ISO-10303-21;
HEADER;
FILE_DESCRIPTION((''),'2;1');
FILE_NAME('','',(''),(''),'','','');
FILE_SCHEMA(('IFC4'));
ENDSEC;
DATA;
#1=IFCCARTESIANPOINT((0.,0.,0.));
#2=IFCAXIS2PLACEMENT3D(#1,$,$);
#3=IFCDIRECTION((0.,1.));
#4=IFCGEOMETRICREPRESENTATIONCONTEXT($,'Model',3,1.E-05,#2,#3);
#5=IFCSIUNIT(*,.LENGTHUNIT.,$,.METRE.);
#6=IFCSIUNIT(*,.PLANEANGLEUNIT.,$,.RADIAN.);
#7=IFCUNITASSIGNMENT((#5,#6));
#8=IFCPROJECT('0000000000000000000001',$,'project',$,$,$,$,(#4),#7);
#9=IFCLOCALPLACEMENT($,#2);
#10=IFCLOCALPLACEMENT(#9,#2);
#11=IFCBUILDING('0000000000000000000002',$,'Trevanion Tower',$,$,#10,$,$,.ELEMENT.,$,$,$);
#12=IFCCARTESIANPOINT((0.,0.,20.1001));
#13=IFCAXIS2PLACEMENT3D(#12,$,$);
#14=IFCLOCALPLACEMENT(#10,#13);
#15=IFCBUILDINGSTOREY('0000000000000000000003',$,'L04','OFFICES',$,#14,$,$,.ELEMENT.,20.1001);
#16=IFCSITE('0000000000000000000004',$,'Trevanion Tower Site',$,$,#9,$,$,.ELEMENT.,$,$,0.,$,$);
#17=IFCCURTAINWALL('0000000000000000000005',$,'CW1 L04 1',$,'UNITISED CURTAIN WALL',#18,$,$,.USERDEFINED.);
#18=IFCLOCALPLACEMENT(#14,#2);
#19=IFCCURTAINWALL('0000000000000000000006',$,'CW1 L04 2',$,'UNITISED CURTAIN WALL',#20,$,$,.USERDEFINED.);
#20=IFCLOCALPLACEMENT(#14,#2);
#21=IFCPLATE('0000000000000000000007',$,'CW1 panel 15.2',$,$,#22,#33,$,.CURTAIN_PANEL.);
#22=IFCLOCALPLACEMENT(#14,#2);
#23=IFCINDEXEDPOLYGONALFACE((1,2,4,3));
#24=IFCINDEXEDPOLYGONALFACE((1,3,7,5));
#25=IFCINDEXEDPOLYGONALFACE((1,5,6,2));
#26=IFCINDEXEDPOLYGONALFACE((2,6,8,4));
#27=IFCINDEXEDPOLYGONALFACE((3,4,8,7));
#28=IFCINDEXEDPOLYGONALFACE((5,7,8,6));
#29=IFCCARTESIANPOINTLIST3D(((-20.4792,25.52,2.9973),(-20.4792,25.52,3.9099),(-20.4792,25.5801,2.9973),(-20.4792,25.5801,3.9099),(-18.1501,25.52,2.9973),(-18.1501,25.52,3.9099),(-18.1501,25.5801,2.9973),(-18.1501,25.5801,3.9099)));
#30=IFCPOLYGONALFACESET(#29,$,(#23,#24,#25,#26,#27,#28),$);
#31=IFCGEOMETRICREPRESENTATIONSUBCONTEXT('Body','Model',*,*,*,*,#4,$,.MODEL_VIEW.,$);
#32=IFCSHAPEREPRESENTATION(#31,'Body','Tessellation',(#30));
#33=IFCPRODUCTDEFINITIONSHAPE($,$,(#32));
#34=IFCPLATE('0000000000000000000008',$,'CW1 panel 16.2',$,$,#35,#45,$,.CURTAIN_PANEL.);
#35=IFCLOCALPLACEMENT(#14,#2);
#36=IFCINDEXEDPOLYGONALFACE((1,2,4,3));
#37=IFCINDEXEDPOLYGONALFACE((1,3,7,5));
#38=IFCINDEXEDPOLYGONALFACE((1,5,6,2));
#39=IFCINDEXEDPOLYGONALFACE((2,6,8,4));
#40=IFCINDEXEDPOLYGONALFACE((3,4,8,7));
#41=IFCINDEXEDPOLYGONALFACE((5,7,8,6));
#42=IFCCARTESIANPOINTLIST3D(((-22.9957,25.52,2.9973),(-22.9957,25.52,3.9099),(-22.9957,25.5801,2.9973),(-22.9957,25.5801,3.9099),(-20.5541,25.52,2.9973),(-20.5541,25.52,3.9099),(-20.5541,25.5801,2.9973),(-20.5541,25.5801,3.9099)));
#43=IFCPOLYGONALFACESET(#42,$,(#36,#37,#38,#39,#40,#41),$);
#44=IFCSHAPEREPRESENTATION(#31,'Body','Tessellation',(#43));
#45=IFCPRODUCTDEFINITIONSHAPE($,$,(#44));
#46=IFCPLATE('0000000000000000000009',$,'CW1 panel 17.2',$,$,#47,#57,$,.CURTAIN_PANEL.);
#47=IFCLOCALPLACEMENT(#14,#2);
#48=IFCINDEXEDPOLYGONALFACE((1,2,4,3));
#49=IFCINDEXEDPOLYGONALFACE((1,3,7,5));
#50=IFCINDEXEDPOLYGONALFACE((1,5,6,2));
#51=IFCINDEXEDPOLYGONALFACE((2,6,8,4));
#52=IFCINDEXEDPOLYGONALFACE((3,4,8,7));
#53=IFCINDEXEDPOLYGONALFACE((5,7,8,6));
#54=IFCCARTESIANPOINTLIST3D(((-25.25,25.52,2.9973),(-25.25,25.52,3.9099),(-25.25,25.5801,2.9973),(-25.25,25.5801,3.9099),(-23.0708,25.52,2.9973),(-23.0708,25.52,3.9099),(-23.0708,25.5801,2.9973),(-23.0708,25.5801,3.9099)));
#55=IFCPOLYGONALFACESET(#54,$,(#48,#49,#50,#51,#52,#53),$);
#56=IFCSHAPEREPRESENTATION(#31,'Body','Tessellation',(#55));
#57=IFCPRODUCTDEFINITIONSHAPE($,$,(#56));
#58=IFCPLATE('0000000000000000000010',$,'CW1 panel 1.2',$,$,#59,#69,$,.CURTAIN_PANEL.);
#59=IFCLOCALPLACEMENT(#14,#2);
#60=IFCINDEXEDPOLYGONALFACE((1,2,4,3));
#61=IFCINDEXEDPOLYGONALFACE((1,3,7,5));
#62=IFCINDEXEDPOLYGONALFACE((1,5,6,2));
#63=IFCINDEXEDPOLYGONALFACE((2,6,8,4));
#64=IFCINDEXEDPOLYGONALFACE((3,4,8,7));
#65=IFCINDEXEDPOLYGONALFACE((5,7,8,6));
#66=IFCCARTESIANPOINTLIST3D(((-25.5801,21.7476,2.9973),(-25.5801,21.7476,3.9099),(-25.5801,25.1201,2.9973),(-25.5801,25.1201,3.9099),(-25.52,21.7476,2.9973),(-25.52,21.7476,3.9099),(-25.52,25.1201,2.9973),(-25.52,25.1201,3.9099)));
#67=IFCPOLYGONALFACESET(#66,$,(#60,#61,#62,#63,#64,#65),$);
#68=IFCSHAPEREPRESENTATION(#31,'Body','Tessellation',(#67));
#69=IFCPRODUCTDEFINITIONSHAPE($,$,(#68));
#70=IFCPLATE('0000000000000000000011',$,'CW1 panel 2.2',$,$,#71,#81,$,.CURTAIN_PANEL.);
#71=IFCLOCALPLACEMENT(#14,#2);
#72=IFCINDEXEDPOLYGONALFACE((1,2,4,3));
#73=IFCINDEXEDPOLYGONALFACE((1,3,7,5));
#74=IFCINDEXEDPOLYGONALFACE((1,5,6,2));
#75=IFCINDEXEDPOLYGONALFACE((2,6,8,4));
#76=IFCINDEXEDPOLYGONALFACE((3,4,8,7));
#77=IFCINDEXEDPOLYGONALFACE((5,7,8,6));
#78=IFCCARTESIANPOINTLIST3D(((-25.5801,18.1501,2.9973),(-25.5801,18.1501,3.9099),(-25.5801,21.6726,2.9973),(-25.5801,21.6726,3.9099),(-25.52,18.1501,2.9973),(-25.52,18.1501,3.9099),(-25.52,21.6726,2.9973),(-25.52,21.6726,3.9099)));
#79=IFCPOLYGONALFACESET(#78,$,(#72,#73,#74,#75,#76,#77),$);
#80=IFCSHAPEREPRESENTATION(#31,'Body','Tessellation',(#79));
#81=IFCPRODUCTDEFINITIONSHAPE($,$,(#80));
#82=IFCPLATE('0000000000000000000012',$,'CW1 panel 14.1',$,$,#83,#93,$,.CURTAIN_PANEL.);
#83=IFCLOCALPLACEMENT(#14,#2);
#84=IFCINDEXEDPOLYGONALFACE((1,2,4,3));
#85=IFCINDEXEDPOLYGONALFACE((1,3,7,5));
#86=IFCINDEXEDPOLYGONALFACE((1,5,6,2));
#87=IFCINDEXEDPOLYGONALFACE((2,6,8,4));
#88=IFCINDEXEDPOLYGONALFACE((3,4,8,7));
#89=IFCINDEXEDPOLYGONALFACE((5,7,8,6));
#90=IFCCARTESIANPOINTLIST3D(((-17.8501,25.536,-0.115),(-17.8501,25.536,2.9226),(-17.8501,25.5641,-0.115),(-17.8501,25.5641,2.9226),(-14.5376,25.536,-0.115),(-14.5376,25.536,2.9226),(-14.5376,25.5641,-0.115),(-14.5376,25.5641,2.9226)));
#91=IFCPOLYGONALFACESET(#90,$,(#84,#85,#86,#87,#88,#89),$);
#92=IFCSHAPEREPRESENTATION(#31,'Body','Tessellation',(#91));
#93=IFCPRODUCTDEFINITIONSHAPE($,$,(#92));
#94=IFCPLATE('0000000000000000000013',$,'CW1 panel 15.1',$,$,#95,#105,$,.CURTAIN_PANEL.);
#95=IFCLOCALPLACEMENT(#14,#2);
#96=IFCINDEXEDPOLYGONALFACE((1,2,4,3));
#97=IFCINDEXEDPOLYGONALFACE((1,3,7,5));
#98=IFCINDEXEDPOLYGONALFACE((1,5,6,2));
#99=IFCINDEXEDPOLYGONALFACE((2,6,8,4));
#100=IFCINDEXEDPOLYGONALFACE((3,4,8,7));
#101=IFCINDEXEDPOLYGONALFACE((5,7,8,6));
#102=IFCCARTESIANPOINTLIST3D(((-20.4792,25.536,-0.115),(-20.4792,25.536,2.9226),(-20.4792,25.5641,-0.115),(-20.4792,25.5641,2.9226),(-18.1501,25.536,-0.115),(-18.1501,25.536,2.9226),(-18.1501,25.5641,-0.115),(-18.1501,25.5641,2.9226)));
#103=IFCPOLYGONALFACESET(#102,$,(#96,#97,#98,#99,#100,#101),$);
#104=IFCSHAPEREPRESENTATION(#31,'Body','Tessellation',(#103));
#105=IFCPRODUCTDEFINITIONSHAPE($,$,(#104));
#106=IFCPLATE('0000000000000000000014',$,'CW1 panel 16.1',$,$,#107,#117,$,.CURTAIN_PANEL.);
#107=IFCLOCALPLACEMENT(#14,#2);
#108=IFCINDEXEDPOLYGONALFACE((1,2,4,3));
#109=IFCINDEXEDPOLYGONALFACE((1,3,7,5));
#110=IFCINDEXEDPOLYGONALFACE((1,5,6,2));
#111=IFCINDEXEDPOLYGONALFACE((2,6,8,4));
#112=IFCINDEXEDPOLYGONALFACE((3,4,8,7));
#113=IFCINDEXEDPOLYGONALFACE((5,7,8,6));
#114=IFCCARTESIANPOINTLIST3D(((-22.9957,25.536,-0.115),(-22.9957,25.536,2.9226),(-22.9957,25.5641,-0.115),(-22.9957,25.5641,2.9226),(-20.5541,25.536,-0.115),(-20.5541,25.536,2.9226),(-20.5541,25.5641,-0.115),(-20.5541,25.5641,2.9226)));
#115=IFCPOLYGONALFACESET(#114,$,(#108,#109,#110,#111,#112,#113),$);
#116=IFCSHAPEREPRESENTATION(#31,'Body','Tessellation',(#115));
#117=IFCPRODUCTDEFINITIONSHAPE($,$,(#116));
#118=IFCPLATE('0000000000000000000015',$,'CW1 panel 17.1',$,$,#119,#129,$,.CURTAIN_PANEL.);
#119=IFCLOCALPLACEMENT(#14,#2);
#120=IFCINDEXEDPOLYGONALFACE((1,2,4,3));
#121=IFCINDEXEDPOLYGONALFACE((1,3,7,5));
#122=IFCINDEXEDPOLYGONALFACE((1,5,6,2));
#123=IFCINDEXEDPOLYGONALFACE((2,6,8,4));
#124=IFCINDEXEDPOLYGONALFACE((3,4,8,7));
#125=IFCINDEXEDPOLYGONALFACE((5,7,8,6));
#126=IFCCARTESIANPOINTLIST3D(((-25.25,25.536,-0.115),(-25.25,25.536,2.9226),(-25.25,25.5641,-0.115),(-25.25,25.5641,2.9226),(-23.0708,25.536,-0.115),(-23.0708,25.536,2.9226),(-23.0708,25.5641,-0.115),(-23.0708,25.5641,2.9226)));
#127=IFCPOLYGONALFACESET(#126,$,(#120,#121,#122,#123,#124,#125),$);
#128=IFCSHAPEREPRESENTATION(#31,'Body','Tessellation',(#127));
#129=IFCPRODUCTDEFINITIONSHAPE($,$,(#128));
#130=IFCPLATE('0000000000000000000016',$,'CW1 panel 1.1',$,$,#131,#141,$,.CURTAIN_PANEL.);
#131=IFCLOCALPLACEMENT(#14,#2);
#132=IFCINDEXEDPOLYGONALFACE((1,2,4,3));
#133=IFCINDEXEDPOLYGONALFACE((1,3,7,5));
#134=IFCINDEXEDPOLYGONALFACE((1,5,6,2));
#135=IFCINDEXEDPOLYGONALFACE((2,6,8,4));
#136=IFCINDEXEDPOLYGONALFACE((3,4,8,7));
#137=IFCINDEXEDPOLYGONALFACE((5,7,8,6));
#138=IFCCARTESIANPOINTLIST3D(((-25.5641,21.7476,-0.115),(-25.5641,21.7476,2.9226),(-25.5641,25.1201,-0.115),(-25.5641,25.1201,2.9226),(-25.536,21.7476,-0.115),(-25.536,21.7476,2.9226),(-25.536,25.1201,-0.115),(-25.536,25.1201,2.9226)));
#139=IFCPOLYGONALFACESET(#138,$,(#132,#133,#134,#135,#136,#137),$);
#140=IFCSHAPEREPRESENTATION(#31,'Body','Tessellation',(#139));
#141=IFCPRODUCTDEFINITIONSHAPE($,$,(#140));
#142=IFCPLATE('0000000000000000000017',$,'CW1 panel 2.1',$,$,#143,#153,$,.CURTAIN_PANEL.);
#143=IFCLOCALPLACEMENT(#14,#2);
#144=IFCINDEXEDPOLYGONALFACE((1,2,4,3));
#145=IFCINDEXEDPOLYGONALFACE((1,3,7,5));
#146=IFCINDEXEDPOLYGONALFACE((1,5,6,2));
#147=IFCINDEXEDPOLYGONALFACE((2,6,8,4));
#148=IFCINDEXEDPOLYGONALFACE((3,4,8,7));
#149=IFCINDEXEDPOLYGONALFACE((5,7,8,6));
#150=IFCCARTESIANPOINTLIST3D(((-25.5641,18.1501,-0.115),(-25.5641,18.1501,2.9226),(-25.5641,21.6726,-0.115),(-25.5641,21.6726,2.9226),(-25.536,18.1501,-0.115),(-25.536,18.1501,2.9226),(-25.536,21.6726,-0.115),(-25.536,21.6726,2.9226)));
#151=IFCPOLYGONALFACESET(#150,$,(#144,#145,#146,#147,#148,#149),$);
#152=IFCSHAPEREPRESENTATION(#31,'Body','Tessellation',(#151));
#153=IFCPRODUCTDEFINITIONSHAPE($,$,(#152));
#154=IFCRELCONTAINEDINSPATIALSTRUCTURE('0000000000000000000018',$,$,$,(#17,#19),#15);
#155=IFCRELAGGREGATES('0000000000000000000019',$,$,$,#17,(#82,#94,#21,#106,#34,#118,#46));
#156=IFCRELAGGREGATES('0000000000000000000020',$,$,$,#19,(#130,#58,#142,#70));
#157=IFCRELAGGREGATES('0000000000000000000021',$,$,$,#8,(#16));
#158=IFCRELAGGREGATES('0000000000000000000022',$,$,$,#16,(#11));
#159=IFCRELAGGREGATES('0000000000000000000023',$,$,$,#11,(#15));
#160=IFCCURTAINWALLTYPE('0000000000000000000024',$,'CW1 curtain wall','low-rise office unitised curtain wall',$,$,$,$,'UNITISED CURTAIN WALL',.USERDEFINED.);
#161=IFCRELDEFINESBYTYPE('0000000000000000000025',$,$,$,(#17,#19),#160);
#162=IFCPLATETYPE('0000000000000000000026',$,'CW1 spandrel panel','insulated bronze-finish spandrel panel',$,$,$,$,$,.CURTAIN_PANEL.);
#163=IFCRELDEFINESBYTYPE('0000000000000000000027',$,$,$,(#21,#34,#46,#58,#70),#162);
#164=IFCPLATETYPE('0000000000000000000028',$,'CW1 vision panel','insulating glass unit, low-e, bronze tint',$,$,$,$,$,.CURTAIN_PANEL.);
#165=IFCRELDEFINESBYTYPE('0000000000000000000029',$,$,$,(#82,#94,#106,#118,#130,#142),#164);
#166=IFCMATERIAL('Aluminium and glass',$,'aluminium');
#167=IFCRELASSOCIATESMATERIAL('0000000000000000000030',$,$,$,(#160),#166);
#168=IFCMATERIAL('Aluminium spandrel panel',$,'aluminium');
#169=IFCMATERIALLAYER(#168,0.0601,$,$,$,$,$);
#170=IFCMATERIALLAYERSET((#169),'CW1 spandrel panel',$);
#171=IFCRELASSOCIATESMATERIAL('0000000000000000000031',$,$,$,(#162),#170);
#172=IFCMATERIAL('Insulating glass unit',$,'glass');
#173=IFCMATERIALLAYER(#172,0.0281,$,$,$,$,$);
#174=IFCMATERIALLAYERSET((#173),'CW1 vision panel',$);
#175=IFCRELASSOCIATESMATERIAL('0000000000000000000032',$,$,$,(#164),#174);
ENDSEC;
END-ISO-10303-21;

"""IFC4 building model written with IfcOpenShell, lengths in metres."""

from ifc_helpers import new_model, si_unit, direction, frame, origin, origin_2d, place, context, subcontext, project, spatial, rectangle, extrude, material, layer, layer_set, type_object, element, aggregate, save


model = new_model("IFC4")

# Units and contexts
model_context = context("Model", 3, precision=1e-05, world=origin(), true_north=direction((0.0, 1.0)))
body_context = subcontext(model_context, "Body", "Model", "MODEL_VIEW")
ifc_project = project(units=[si_unit("LENGTHUNIT", "METRE"), si_unit("PLANEANGLEUNIT", "RADIAN")], contexts=[model_context])

# Site, building, storey
site_placement = place(None, origin())
site = spatial("IfcSite", under=ifc_project, at=site_placement, Name="Trevanion Tower Site", CompositionType="ELEMENT", RefElevation=0.0)
building_placement = place(site_placement, origin())
building = spatial("IfcBuilding", under=site, at=building_placement, Name="Trevanion Tower", CompositionType="ELEMENT")
storey_placement = place(building_placement, frame((0.0, 0.0, 20.1001)))
storey = spatial("IfcBuildingStorey", under=building, at=storey_placement, Name="L04", Description="OFFICES", CompositionType="ELEMENT", Elevation=20.1001)

# Curtain wall
ifc_material_1 = material(Name="Aluminium and glass", Category="aluminium")
curtain_wall_type = type_object("IfcCurtainWallType", Name="CW1 curtain wall", Description="low-rise office unitised curtain wall", ElementType="UNITISED CURTAIN WALL", PredefinedType="USERDEFINED", material=ifc_material_1)
curtain_wall_1_placement = place(storey_placement, origin())
curtain_wall_1 = element("IfcCurtainWall", 1, at=curtain_wall_1_placement, inside=storey, type_object=curtain_wall_type, Name="CW1 L04 1", ObjectType="UNITISED CURTAIN WALL", PredefinedType="USERDEFINED")

# Curtain wall
curtain_wall_2_placement = place(storey_placement, origin())
curtain_wall_2 = element("IfcCurtainWall", 2, at=curtain_wall_2_placement, inside=storey, type_object=curtain_wall_type, Name="CW1 L04 2", ObjectType="UNITISED CURTAIN WALL", PredefinedType="USERDEFINED")

# Plates
ifc_material_2 = material(Name="Aluminium spandrel panel", Category="aluminium")
ifc_layer_1 = layer(ifc_material_2, 0.0601)
ifc_layer_set_1 = layer_set([ifc_layer_1], Name="CW1 spandrel panel")
plate_type_1 = type_object("IfcPlateType", Name="CW1 spandrel panel", Description="insulated bronze-finish spandrel panel", PredefinedType="CURTAIN_PANEL", material=ifc_layer_set_1)
plate_1_placement = place(storey_placement, frame((-19.3147, 25.55, 2.9973), z_axis=(0.0, 0.0, 1.0), x_axis=(-1.0, 0.0, 0.0)))
plate_1 = element("IfcPlate", 3, at=plate_1_placement, type_object=plate_type_1, Name="CW1 panel 15.2", PredefinedType="CURTAIN_PANEL", context=body_context, shape_type="SweptSolid", body=[
    extrude(rectangle(XDim=2.3291, YDim=0.0601, at=origin_2d()), origin(), (0.0, 0.0, 1.0), 0.9126),
])
plate_2_placement = place(storey_placement, frame((-21.7749, 25.55, 2.9973), z_axis=(0.0, 0.0, 1.0), x_axis=(-1.0, 0.0, 0.0)))
plate_2 = element("IfcPlate", 4, at=plate_2_placement, type_object=plate_type_1, Name="CW1 panel 16.2", PredefinedType="CURTAIN_PANEL", context=body_context, shape_type="SweptSolid", body=[
    extrude(rectangle(XDim=2.4417, YDim=0.0601, at=origin_2d()), origin(), (0.0, 0.0, 1.0), 0.9126),
])
plate_3_placement = place(storey_placement, frame((-24.1604, 25.55, 2.9973), z_axis=(0.0, 0.0, 1.0), x_axis=(-1.0, 0.0, 0.0)))
plate_3 = element("IfcPlate", 5, at=plate_3_placement, type_object=plate_type_1, Name="CW1 panel 17.2", PredefinedType="CURTAIN_PANEL", context=body_context, shape_type="SweptSolid", body=[
    extrude(rectangle(XDim=2.1792, YDim=0.0601, at=origin_2d()), origin(), (0.0, 0.0, 1.0), 0.9126),
])
plate_4_placement = place(storey_placement, frame((-25.55, 23.4338, 2.9973), z_axis=(0.0, 0.0, 1.0), x_axis=(0.0, -1.0, 0.0)))
plate_4 = element("IfcPlate", 6, at=plate_4_placement, type_object=plate_type_1, Name="CW1 panel 1.2", PredefinedType="CURTAIN_PANEL", context=body_context, shape_type="SweptSolid", body=[
    extrude(rectangle(XDim=3.3726, YDim=0.0601, at=origin_2d()), origin(), (0.0, 0.0, 1.0), 0.9126),
])
plate_5_placement = place(storey_placement, frame((-25.55, 19.9114, 2.9973), z_axis=(0.0, 0.0, 1.0), x_axis=(0.0, -1.0, 0.0)))
plate_5 = element("IfcPlate", 7, at=plate_5_placement, type_object=plate_type_1, Name="CW1 panel 2.2", PredefinedType="CURTAIN_PANEL", context=body_context, shape_type="SweptSolid", body=[
    extrude(rectangle(XDim=3.5225, YDim=0.0601, at=origin_2d()), origin(), (0.0, 0.0, 1.0), 0.9126),
])
ifc_material_3 = material(Name="Insulating glass unit", Category="glass")
ifc_layer_2 = layer(ifc_material_3, 0.0281)
ifc_layer_set_2 = layer_set([ifc_layer_2], Name="CW1 vision panel")
plate_type_2 = type_object("IfcPlateType", Name="CW1 vision panel", Description="insulating glass unit, low-e, bronze tint", PredefinedType="CURTAIN_PANEL", material=ifc_layer_set_2)
plate_6_placement = place(storey_placement, frame((-16.1938, 25.55, -0.115), z_axis=(0.0, 0.0, 1.0), x_axis=(-1.0, 0.0, 0.0)))
plate_6 = element("IfcPlate", 8, at=plate_6_placement, type_object=plate_type_2, Name="CW1 panel 14.1", PredefinedType="CURTAIN_PANEL", context=body_context, shape_type="SweptSolid", body=[
    extrude(rectangle(XDim=3.3125, YDim=0.0281, at=origin_2d()), origin(), (0.0, 0.0, 1.0), 3.0376),
])
plate_7_placement = place(storey_placement, frame((-19.3147, 25.55, -0.115), z_axis=(0.0, 0.0, 1.0), x_axis=(-1.0, 0.0, 0.0)))
plate_7 = element("IfcPlate", 9, at=plate_7_placement, type_object=plate_type_2, Name="CW1 panel 15.1", PredefinedType="CURTAIN_PANEL", context=body_context, shape_type="SweptSolid", body=[
    extrude(rectangle(XDim=2.3291, YDim=0.0281, at=origin_2d()), origin(), (0.0, 0.0, 1.0), 3.0376),
])
plate_8_placement = place(storey_placement, frame((-21.7749, 25.55, -0.115), z_axis=(0.0, 0.0, 1.0), x_axis=(-1.0, 0.0, 0.0)))
plate_8 = element("IfcPlate", 10, at=plate_8_placement, type_object=plate_type_2, Name="CW1 panel 16.1", PredefinedType="CURTAIN_PANEL", context=body_context, shape_type="SweptSolid", body=[
    extrude(rectangle(XDim=2.4417, YDim=0.0281, at=origin_2d()), origin(), (0.0, 0.0, 1.0), 3.0376),
])
plate_9_placement = place(storey_placement, frame((-24.1604, 25.55, -0.115), z_axis=(0.0, 0.0, 1.0), x_axis=(-1.0, 0.0, 0.0)))
plate_9 = element("IfcPlate", 11, at=plate_9_placement, type_object=plate_type_2, Name="CW1 panel 17.1", PredefinedType="CURTAIN_PANEL", context=body_context, shape_type="SweptSolid", body=[
    extrude(rectangle(XDim=2.1792, YDim=0.0281, at=origin_2d()), origin(), (0.0, 0.0, 1.0), 3.0376),
])
aggregate(curtain_wall_1, [plate_6, plate_7, plate_1, plate_8, plate_2, plate_9, plate_3])
plate_10_placement = place(storey_placement, frame((-25.55, 23.4338, -0.115), z_axis=(0.0, 0.0, 1.0), x_axis=(0.0, -1.0, 0.0)))
plate_10 = element("IfcPlate", 12, at=plate_10_placement, type_object=plate_type_2, Name="CW1 panel 1.1", PredefinedType="CURTAIN_PANEL", context=body_context, shape_type="SweptSolid", body=[
    extrude(rectangle(XDim=3.3726, YDim=0.0281, at=origin_2d()), origin(), (0.0, 0.0, 1.0), 3.0376),
])
plate_11_placement = place(storey_placement, frame((-25.55, 19.9114, -0.115), z_axis=(0.0, 0.0, 1.0), x_axis=(0.0, -1.0, 0.0)))
plate_11 = element("IfcPlate", 13, at=plate_11_placement, type_object=plate_type_2, Name="CW1 panel 2.1", PredefinedType="CURTAIN_PANEL", context=body_context, shape_type="SweptSolid", body=[
    extrude(rectangle(XDim=3.5225, YDim=0.0281, at=origin_2d()), origin(), (0.0, 0.0, 1.0), 3.0376),
])
aggregate(curtain_wall_2, [plate_10, plate_4, plate_11, plate_5])

save(model, "model.ifc")
